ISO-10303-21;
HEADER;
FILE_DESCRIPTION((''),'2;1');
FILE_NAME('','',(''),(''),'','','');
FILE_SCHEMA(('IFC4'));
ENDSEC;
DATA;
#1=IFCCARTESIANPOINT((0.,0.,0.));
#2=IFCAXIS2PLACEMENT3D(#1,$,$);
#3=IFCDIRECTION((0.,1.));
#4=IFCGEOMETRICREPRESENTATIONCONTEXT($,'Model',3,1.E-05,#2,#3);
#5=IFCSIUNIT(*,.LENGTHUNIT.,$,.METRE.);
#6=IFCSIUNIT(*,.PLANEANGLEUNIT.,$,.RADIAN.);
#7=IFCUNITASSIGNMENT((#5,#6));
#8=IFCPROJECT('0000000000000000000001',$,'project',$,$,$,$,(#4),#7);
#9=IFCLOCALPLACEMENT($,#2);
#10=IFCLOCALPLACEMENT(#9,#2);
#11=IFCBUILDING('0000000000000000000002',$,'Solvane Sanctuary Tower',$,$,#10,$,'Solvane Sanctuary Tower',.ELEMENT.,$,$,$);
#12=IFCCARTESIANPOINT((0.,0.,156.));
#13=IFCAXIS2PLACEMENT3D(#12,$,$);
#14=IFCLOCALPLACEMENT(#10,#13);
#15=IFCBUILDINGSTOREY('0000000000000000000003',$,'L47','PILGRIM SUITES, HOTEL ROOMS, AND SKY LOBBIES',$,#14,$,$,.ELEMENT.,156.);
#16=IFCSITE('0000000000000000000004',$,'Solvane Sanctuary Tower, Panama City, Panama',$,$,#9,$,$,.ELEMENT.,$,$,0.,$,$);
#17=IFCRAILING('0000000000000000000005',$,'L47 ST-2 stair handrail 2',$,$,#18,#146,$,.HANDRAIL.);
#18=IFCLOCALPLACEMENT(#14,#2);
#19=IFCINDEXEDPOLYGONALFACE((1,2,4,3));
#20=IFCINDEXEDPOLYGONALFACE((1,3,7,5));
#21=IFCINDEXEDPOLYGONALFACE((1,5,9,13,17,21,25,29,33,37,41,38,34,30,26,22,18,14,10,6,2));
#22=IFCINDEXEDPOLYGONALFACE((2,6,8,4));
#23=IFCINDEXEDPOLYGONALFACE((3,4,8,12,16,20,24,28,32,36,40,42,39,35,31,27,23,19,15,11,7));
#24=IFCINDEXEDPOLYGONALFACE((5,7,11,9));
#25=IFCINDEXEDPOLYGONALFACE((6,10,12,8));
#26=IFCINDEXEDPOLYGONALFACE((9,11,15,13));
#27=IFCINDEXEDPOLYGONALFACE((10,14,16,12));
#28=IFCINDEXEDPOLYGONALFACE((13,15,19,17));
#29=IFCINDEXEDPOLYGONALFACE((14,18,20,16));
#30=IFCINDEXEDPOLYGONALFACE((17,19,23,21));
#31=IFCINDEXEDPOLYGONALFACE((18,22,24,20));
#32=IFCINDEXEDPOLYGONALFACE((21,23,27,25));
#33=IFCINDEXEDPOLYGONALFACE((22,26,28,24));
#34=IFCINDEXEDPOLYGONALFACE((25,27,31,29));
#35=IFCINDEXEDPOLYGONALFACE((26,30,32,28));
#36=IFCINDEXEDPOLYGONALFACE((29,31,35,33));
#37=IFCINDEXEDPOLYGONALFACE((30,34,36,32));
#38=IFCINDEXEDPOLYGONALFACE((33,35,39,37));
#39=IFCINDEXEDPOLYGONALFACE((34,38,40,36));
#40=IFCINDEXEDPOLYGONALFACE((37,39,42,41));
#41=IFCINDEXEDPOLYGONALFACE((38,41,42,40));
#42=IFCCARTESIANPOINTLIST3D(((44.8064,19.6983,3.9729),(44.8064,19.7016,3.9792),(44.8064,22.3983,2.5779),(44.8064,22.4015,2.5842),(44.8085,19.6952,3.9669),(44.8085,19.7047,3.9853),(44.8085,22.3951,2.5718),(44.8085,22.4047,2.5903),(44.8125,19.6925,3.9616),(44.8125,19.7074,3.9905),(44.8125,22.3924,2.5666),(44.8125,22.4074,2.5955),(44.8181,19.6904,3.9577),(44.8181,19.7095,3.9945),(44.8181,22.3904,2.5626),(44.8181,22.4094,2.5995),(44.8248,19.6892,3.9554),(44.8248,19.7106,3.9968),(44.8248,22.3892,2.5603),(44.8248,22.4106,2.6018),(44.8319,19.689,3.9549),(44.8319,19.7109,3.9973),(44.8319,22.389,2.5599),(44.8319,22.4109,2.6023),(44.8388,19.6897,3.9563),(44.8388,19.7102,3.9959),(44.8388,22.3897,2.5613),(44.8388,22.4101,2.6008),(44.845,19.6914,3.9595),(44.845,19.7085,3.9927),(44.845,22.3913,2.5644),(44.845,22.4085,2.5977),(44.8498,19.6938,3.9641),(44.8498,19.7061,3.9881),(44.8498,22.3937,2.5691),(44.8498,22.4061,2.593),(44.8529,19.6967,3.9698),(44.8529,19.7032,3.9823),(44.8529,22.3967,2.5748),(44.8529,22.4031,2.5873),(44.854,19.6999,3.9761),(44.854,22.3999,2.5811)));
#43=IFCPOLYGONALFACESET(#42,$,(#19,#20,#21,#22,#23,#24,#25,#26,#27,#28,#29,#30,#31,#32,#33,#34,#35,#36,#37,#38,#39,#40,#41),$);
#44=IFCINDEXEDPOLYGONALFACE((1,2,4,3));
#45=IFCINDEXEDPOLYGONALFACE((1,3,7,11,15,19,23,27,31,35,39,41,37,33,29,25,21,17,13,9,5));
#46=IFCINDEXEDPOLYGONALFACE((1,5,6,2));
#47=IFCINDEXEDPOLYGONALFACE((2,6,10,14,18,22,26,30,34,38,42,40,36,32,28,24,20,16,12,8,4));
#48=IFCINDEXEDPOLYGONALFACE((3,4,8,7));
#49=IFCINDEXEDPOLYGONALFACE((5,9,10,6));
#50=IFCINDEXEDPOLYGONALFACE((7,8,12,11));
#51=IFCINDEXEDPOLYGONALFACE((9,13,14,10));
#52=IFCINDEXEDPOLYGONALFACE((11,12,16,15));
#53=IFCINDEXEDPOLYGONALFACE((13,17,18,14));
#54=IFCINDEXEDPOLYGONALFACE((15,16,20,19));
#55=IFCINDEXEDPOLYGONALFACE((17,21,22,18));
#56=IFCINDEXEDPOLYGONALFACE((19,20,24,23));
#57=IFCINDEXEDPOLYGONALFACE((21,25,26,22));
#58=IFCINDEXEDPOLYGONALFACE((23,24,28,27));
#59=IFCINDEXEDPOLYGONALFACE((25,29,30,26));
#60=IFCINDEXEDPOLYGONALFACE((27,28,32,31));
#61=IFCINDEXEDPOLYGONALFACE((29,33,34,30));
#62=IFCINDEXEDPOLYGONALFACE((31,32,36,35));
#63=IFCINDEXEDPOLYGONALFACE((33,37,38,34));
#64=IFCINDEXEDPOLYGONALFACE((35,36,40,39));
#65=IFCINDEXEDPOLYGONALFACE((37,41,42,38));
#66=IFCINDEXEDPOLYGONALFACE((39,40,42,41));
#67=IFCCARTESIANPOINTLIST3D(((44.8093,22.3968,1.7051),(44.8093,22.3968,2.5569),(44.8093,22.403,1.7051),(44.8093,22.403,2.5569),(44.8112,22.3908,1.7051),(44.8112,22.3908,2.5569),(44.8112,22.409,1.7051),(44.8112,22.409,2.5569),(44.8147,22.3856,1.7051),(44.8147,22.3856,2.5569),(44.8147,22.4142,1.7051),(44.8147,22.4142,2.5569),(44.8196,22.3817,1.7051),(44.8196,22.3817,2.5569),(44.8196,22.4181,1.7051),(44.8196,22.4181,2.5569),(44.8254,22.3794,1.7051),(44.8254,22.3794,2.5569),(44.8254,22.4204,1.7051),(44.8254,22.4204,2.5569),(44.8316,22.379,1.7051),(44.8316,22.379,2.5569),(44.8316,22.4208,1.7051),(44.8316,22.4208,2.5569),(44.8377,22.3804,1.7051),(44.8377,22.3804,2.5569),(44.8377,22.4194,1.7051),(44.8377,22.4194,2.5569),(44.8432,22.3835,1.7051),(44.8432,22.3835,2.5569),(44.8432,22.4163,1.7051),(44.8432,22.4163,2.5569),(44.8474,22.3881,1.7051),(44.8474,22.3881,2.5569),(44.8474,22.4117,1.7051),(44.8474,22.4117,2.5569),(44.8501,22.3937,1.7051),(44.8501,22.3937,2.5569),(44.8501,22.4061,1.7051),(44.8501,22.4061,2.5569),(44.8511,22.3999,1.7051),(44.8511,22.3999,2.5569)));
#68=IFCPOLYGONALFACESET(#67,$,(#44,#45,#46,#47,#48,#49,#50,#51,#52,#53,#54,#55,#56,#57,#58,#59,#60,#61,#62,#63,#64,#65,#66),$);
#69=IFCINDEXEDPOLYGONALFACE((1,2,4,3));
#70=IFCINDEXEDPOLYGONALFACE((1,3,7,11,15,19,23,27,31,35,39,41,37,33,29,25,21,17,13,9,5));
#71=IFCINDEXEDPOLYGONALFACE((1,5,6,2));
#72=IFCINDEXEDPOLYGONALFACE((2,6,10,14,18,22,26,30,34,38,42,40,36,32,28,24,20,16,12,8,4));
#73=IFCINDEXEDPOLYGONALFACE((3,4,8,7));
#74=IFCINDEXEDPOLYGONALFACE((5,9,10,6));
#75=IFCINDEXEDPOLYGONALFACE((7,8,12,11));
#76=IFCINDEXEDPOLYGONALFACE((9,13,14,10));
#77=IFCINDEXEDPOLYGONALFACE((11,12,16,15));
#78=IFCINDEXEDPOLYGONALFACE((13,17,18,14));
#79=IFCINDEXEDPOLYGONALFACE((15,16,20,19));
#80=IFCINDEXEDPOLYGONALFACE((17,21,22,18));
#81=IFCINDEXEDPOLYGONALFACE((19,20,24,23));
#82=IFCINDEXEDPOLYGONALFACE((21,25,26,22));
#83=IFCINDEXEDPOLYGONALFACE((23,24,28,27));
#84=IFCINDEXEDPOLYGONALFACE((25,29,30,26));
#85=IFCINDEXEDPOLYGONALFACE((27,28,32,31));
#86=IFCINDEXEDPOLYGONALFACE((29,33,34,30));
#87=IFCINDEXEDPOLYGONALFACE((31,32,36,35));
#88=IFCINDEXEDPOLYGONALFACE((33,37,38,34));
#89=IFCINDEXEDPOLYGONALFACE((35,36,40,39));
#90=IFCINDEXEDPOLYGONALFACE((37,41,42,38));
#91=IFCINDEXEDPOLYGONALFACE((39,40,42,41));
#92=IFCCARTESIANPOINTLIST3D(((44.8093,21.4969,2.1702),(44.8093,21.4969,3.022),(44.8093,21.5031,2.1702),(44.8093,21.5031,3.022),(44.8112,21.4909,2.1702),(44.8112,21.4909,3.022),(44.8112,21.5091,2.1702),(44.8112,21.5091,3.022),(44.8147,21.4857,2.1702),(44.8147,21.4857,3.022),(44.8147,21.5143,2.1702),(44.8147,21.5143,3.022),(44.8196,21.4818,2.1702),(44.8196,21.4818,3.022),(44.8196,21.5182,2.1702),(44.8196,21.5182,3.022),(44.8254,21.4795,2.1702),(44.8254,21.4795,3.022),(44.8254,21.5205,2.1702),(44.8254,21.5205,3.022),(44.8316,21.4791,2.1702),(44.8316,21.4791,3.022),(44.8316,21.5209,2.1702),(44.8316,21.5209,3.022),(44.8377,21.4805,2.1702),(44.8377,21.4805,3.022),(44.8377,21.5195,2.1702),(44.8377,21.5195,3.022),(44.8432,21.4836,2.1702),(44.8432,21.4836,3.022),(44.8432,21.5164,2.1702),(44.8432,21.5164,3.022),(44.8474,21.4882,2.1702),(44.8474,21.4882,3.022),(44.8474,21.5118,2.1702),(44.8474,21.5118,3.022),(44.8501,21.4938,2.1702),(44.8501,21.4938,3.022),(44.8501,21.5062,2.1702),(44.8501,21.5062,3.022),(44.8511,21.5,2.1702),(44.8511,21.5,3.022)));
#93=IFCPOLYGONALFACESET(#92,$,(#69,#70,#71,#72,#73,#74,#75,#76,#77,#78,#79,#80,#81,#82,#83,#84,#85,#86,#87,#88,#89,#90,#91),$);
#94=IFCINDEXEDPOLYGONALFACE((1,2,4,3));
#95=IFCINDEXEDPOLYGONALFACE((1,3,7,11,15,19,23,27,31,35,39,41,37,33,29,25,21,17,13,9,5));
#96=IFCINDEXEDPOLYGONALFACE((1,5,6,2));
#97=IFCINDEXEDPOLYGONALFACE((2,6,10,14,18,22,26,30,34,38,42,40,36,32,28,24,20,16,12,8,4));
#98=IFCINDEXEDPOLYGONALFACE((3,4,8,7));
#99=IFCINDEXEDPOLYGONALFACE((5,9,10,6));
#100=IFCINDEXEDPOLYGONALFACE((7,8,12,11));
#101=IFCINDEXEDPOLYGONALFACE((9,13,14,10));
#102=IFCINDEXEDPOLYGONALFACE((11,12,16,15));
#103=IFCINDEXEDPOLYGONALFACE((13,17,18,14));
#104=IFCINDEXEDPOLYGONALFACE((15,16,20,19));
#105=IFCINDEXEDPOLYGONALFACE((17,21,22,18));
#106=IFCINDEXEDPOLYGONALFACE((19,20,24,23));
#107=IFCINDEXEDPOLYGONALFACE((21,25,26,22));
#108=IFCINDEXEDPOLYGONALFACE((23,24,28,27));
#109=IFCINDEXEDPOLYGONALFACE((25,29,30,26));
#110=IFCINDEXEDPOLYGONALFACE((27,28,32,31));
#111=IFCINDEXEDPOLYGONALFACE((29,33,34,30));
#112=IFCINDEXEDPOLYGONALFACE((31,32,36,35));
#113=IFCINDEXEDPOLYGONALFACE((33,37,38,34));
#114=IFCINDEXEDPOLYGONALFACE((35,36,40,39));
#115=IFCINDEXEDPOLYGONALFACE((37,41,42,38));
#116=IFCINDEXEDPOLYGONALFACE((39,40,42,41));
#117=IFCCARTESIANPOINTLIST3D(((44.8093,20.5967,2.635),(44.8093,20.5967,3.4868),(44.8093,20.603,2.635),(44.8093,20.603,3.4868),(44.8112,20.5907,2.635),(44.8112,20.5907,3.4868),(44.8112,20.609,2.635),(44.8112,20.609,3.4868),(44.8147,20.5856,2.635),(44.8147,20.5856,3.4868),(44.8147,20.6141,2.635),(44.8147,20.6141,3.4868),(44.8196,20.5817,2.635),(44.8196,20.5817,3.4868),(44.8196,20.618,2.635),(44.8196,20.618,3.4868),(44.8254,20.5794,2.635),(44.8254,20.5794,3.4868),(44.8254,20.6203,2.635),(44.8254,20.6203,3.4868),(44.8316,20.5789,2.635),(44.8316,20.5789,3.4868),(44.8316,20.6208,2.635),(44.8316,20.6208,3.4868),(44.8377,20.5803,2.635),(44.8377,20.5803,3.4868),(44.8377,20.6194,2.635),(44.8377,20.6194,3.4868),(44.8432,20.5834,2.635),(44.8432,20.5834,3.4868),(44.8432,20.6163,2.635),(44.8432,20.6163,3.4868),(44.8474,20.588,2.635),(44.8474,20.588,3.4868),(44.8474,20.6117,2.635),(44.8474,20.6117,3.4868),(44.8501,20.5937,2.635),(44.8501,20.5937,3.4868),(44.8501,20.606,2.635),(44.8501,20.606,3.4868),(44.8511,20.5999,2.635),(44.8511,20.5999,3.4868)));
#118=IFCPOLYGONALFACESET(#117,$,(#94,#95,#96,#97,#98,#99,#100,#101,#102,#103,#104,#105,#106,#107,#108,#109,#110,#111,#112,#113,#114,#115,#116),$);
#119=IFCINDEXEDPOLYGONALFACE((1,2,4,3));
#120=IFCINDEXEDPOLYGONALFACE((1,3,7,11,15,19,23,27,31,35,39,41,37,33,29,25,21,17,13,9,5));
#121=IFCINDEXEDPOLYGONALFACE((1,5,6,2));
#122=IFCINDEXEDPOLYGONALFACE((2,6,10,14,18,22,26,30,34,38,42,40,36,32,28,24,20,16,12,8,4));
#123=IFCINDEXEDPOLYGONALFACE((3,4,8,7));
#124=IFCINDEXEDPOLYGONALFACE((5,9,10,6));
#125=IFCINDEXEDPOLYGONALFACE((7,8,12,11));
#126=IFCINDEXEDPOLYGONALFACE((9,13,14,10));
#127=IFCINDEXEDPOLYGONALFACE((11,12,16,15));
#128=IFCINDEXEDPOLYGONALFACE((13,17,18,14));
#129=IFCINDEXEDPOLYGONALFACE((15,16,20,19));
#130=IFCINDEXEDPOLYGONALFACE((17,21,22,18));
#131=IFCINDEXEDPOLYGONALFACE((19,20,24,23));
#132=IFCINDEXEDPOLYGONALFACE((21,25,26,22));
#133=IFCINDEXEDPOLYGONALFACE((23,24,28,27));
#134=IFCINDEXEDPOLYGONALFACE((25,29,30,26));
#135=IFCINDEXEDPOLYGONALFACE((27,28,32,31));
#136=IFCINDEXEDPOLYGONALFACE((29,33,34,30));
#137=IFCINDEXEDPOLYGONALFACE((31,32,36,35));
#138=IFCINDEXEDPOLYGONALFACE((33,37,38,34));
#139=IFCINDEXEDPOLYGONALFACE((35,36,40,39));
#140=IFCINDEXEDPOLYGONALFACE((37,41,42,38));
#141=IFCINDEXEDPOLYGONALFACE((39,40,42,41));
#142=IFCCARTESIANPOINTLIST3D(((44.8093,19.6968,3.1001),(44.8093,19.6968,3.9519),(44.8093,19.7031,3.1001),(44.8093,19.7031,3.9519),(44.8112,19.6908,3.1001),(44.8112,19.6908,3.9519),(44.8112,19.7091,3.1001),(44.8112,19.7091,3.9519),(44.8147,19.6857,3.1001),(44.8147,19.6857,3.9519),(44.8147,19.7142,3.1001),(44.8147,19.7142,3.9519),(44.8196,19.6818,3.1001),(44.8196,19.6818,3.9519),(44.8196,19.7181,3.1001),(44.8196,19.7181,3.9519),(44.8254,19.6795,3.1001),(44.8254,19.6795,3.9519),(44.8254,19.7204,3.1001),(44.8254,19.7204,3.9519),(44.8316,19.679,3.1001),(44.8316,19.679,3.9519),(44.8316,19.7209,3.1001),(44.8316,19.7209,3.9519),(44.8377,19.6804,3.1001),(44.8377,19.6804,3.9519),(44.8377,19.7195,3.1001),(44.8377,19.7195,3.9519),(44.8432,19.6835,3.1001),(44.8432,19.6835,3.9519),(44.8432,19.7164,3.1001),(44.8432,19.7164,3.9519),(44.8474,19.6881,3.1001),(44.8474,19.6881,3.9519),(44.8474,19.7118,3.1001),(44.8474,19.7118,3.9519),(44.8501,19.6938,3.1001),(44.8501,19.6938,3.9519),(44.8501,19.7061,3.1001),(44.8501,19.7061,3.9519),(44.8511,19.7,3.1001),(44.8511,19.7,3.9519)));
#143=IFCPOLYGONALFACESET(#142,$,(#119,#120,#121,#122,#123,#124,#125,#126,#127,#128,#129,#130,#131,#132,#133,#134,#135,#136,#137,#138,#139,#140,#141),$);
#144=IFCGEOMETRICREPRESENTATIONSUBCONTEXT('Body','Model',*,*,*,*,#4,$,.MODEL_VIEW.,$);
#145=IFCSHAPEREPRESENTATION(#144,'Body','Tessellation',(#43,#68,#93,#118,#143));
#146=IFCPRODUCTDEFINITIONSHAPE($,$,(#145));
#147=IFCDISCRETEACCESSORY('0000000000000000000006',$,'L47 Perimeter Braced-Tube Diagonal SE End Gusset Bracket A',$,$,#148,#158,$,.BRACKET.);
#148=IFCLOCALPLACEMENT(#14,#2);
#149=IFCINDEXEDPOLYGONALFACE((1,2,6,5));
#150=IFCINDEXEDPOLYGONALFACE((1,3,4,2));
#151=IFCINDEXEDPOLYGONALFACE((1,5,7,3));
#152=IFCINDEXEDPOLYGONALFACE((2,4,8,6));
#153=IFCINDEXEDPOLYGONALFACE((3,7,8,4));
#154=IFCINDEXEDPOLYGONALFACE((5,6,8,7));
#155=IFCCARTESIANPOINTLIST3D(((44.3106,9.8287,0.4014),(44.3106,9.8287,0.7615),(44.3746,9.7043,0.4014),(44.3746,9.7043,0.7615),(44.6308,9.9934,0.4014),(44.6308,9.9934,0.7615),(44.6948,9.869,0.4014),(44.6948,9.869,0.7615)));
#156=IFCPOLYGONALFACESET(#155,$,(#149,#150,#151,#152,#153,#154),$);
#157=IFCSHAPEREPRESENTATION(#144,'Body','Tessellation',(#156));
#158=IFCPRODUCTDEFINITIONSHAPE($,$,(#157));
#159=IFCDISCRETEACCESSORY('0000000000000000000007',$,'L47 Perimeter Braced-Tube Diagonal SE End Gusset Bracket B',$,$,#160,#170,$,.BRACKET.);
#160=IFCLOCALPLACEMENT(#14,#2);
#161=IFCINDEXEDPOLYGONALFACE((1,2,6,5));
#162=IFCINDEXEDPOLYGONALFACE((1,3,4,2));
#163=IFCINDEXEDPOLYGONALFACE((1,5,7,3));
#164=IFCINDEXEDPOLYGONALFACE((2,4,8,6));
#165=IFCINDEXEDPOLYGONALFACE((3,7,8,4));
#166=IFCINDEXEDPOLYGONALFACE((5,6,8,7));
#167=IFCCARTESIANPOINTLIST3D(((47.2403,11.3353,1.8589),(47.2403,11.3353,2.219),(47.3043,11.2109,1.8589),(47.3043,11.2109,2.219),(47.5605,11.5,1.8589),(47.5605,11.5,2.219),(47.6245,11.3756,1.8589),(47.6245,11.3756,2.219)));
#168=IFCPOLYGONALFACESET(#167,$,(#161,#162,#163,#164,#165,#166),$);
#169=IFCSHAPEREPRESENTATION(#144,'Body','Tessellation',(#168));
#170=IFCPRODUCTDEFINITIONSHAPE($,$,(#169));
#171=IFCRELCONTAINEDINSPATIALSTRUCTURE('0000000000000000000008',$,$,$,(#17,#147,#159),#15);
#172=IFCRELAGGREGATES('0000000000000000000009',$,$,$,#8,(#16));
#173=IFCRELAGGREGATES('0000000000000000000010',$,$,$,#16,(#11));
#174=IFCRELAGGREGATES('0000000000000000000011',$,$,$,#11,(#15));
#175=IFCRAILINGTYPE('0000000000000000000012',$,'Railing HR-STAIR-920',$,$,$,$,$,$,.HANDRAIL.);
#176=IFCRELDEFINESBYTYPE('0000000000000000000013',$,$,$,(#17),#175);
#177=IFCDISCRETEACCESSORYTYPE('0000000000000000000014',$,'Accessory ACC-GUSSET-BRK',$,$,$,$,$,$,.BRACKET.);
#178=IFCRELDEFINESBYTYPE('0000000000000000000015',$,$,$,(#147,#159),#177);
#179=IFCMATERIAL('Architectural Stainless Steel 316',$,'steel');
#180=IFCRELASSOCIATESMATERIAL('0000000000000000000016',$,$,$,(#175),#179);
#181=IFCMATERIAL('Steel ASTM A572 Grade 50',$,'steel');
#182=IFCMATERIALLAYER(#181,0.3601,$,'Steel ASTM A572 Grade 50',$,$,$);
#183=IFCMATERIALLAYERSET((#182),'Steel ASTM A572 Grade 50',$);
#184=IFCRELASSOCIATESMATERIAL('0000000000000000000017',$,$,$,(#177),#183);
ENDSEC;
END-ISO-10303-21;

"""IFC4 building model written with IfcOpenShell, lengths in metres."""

from ifc_helpers import new_model, si_unit, direction, frame, origin, origin_2d, place, context, subcontext, project, spatial, rectangle, circle, extrude, material, layer, layer_set, type_object, element, save


model = new_model("IFC4")

# Units and contexts
model_context = context("Model", 3, precision=1e-05, world=origin(), true_north=direction((0.0, 1.0)))
body_context = subcontext(model_context, "Body", "Model", "MODEL_VIEW")
ifc_project = project(units=[si_unit("LENGTHUNIT", "METRE"), si_unit("PLANEANGLEUNIT", "RADIAN")], contexts=[model_context])

# Site, building, storey
site_placement = place(None, origin())
site = spatial("IfcSite", under=ifc_project, at=site_placement, Name="Solvane Sanctuary Tower, Panama City, Panama", CompositionType="ELEMENT", RefElevation=0.0)
building_placement = place(site_placement, origin())
building = spatial("IfcBuilding", under=site, at=building_placement, Name="Solvane Sanctuary Tower", LongName="Solvane Sanctuary Tower", CompositionType="ELEMENT")
storey_placement = place(building_placement, frame((0.0, 0.0, 156.0)))
storey = spatial("IfcBuildingStorey", under=building, at=storey_placement, Name="L47", Description="PILGRIM SUITES, HOTEL ROOMS, AND SKY LOBBIES", CompositionType="ELEMENT", Elevation=156.0)

# Shared definitions
ifc_material_1 = material(Name="Architectural Stainless Steel 316", Category="steel")

# Railing
railing_type_1 = type_object("IfcRailingType", Name="Railing HR-STAIR-920", PredefinedType="HANDRAIL", material=ifc_material_1)
railing_1_placement = place(storey_placement, frame((44.8301, 22.3999, 1.7051)))
element("IfcRailing", 1, at=railing_1_placement, inside=storey, type_object=railing_type_1, Name="L47 ST-2 stair handrail 2", PredefinedType="HANDRAIL", context=body_context, shape_type="SweptSolid", body=[
    extrude(circle(Radius=0.0239, at=origin_2d()), frame((0.0, 0.0, 0.876), z_axis=(0.0, -0.88842, 0.459032), x_axis=(1.0, 0.0, 0.0)), (0.0, 0.0, 1.0), 3.0391),
    extrude(circle(Radius=0.021, at=origin_2d()), origin(), (0.0, 0.0, 1.0), 0.8518),
    extrude(circle(Radius=0.021, at=origin_2d()), frame((0.0, -0.8999, 0.4651)), (0.0, 0.0, 1.0), 0.8518),
    extrude(circle(Radius=0.021, at=origin_2d()), frame((0.0, -1.8, 0.9299)), (0.0, 0.0, 1.0), 0.8518),
    extrude(circle(Radius=0.021, at=origin_2d()), frame((0.0, -2.7, 1.395)), (0.0, 0.0, 1.0), 0.8518),
])

# Discrete accessories
ifc_material_2 = material(Name="Steel ASTM A572 Grade 50", Category="steel")
ifc_layer_1 = layer(ifc_material_2, 0.3601, Name="Steel ASTM A572 Grade 50")
ifc_layer_set_1 = layer_set([ifc_layer_1], Name="Steel ASTM A572 Grade 50")
discrete_accessory_type = type_object("IfcDiscreteAccessoryType", Name="Accessory ACC-GUSSET-BRK", PredefinedType="BRACKET", material=ifc_layer_set_1)
for number, where, z_axis, x_axis, name in (
    (2, (44.5027, 9.8489, 0.4014), (0.0, 0.0, 1.0), (0.889257, 0.457408, 0.0), "L47 Perimeter Braced-Tube Diagonal SE End Gusset Bracket A"),
    (3, (47.4324, 11.3555, 1.8589), (0.0, 0.0, 1.0), (0.889257, 0.457408, 0.0), "L47 Perimeter Braced-Tube Diagonal SE End Gusset Bracket B"),
):
    element("IfcDiscreteAccessory", number, at=place(storey_placement, frame(where, z_axis=z_axis, x_axis=x_axis)), inside=storey, type_object=discrete_accessory_type, Name=name, PredefinedType="BRACKET", context=body_context, shape_type="SweptSolid", body=[
        extrude(rectangle(XDim=0.3601, YDim=0.1399, at=origin_2d()), origin(), (0.0, 0.0, 1.0), 0.3601),
    ])

save(model, "model.ifc")
